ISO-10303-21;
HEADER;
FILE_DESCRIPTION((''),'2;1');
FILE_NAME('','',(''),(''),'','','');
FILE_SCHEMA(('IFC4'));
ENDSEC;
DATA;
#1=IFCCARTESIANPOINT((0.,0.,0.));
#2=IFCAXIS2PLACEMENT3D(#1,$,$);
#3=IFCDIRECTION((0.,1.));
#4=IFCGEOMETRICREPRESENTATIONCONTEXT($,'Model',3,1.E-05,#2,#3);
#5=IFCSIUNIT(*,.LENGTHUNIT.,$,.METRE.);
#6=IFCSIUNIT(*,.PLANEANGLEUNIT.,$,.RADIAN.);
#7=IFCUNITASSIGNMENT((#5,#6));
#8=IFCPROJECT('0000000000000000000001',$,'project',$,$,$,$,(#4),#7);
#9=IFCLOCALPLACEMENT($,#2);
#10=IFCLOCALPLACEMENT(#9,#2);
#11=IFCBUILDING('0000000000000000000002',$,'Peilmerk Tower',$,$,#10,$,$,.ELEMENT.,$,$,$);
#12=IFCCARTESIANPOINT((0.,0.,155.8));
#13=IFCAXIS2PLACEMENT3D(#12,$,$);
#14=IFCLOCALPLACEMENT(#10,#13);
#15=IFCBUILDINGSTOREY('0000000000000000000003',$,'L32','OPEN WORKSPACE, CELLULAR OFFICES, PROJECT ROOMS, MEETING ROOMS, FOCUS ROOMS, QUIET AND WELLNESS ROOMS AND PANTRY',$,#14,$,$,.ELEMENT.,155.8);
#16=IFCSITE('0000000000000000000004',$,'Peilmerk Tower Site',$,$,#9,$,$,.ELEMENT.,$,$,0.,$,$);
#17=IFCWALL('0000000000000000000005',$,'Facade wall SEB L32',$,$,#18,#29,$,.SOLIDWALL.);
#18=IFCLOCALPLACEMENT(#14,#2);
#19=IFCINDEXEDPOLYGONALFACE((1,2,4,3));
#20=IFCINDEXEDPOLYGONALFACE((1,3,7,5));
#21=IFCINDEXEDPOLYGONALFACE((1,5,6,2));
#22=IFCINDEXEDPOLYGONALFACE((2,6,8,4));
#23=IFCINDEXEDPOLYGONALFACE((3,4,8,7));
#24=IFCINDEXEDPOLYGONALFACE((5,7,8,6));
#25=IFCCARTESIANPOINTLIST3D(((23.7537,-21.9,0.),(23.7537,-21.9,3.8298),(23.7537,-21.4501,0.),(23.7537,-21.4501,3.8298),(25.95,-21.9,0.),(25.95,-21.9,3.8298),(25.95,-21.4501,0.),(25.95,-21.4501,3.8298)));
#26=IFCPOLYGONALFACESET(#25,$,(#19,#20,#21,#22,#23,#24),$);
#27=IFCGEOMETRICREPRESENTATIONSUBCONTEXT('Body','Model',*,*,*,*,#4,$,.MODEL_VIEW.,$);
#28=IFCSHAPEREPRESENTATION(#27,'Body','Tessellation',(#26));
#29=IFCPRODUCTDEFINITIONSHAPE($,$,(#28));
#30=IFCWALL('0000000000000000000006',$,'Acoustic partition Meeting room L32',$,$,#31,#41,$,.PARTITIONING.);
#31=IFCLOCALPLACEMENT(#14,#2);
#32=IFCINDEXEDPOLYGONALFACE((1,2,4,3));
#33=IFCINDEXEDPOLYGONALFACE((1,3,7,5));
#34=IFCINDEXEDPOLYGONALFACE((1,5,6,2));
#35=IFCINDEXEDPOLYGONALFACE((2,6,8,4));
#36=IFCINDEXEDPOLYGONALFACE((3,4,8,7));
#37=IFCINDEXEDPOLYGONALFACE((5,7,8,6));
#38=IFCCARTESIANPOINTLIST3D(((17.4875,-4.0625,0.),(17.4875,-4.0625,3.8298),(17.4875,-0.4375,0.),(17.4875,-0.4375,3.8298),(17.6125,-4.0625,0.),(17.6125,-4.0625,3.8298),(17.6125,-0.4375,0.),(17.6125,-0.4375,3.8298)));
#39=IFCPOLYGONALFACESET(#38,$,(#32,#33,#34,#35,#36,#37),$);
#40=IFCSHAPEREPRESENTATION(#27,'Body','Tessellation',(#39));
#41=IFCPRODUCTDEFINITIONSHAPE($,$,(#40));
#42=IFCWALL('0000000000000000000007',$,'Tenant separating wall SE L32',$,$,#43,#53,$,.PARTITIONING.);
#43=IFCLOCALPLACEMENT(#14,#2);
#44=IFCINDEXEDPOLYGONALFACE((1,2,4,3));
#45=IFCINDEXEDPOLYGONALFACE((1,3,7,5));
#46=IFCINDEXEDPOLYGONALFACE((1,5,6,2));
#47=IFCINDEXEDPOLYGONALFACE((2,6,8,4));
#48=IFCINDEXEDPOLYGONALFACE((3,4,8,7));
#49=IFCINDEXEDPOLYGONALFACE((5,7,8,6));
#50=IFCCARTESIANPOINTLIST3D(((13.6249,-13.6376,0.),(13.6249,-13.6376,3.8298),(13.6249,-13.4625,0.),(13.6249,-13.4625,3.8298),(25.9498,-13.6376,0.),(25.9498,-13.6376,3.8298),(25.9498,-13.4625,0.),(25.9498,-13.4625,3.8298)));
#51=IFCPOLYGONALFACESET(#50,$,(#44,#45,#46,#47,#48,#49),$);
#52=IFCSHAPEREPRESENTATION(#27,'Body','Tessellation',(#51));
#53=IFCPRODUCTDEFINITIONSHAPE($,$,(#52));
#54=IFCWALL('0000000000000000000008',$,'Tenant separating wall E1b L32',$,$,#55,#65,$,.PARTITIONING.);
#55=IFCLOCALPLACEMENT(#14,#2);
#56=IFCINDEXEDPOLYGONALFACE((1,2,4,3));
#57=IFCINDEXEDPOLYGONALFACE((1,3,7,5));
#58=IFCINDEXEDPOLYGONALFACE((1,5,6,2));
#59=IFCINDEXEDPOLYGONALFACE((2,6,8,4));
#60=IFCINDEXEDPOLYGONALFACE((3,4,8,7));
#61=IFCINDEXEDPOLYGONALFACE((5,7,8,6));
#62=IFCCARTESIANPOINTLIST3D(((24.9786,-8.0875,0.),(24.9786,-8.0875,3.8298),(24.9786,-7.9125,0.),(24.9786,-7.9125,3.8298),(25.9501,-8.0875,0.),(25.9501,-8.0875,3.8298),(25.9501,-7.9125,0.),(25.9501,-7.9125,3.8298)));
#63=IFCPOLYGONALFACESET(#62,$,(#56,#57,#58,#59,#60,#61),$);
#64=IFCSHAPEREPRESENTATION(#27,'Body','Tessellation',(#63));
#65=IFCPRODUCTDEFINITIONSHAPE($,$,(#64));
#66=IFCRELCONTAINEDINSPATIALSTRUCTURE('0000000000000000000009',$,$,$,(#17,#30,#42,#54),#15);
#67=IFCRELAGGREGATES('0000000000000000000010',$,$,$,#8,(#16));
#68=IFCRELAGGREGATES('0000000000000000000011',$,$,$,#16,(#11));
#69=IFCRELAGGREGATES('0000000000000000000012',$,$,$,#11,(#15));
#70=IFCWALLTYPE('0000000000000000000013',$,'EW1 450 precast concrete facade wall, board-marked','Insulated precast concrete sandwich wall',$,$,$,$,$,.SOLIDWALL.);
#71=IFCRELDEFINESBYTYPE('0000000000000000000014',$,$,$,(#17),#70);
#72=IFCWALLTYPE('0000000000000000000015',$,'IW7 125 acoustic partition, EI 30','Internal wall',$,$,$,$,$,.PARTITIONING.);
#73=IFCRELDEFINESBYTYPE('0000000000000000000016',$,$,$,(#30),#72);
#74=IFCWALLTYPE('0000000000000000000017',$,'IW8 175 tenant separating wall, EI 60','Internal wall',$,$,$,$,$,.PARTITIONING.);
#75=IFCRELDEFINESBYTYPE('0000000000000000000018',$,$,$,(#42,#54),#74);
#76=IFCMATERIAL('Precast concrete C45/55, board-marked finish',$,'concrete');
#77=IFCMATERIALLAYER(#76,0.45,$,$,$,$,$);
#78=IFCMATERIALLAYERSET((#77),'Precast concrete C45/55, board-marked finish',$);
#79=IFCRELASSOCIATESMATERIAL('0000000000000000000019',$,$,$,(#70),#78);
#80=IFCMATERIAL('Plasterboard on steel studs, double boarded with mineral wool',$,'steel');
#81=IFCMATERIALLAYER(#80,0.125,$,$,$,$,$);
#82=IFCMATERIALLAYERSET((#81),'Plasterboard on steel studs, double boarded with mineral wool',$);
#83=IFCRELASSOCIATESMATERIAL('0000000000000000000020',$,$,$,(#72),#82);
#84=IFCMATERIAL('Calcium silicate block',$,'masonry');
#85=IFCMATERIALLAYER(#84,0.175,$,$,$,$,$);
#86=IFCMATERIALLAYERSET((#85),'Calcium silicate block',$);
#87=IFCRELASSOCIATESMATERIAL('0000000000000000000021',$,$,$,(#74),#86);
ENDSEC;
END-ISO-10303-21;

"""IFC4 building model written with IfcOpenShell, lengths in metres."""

from ifc_helpers import new_model, si_unit, direction, frame, frame_2d, origin, place, context, subcontext, project, spatial, rectangle, extrude, material, layer, layer_set, type_object, element, save


model = new_model("IFC4")

# Units and contexts
model_context = context("Model", 3, precision=1e-05, world=origin(), true_north=direction((0.0, 1.0)))
body_context = subcontext(model_context, "Body", "Model", "MODEL_VIEW")
ifc_project = project(units=[si_unit("LENGTHUNIT", "METRE"), si_unit("PLANEANGLEUNIT", "RADIAN")], contexts=[model_context])

# Site, building, storey
site_placement = place(None, origin())
site = spatial("IfcSite", under=ifc_project, at=site_placement, Name="Peilmerk Tower Site", CompositionType="ELEMENT", RefElevation=0.0)
building_placement = place(site_placement, origin())
building = spatial("IfcBuilding", under=site, at=building_placement, Name="Peilmerk Tower", CompositionType="ELEMENT")
storey_placement = place(building_placement, frame((0.0, 0.0, 155.8)))
storey = spatial("IfcBuildingStorey", under=building, at=storey_placement, Name="L32", Description="OPEN WORKSPACE, CELLULAR OFFICES, PROJECT ROOMS, MEETING ROOMS, FOCUS ROOMS, QUIET AND WELLNESS ROOMS AND PANTRY", CompositionType="ELEMENT", Elevation=155.8)

# Walls
ifc_material_1 = material(Name="Precast concrete C45/55, board-marked finish", Category="concrete")
ifc_layer_1 = layer(ifc_material_1, 0.45)
ifc_layer_set_1 = layer_set([ifc_layer_1], Name="Precast concrete C45/55, board-marked finish")
wall_type_1 = type_object("IfcWallType", Name="EW1 450 precast concrete facade wall, board-marked", Description="Insulated precast concrete sandwich wall", PredefinedType="SOLIDWALL", material=ifc_layer_set_1)
wall_1_placement = place(storey_placement, frame((23.7537, -21.675, 0.0), z_axis=(0.0, 0.0, 1.0), x_axis=(1.0, 0.0, 0.0)))
element("IfcWall", 1, at=wall_1_placement, inside=storey, type_object=wall_type_1, Name="Facade wall SEB L32", PredefinedType="SOLIDWALL", context=body_context, shape_type="SweptSolid", body=[
    extrude(rectangle(XDim=2.1963, YDim=0.45, at=frame_2d((1.0981, 0.0))), origin(), (0.0, 0.0, 1.0), 3.8298),
])
ifc_material_2 = material(Name="Plasterboard on steel studs, double boarded with mineral wool", Category="steel")
ifc_layer_2 = layer(ifc_material_2, 0.125)
ifc_layer_set_2 = layer_set([ifc_layer_2], Name="Plasterboard on steel studs, double boarded with mineral wool")
wall_type_2 = type_object("IfcWallType", Name="IW7 125 acoustic partition, EI 30", Description="Internal wall", PredefinedType="PARTITIONING", material=ifc_layer_set_2)
wall_2_placement = place(storey_placement, frame((17.55, -4.0625, 0.0), z_axis=(0.0, 0.0, 1.0), x_axis=(0.0, 1.0, 0.0)))
element("IfcWall", 2, at=wall_2_placement, inside=storey, type_object=wall_type_2, Name="Acoustic partition Meeting room L32", PredefinedType="PARTITIONING", context=body_context, shape_type="SweptSolid", body=[
    extrude(rectangle(XDim=3.625, YDim=0.125, at=frame_2d((1.8125, 0.0))), origin(), (0.0, 0.0, 1.0), 3.8298),
])
ifc_material_3 = material(Name="Calcium silicate block", Category="masonry")
ifc_layer_3 = layer(ifc_material_3, 0.175)
ifc_layer_set_3 = layer_set([ifc_layer_3], Name="Calcium silicate block")
wall_type_3 = type_object("IfcWallType", Name="IW8 175 tenant separating wall, EI 60", Description="Internal wall", PredefinedType="PARTITIONING", material=ifc_layer_set_3)
wall_3_placement = place(storey_placement, frame((25.95, -13.55, 0.0), z_axis=(0.0, 0.0, 1.0), x_axis=(-1.0, 0.0, 0.0)))
element("IfcWall", 3, at=wall_3_placement, inside=storey, type_object=wall_type_3, Name="Tenant separating wall SE L32", PredefinedType="PARTITIONING", context=body_context, shape_type="SweptSolid", body=[
    extrude(rectangle(XDim=12.325, YDim=0.175, at=frame_2d((6.1626, 0.0))), origin(), (0.0, 0.0, 1.0), 3.8298),
])
wall_4_placement = place(storey_placement, frame((24.9785, -8.0, 0.0), z_axis=(0.0, 0.0, 1.0), x_axis=(1.0, 0.0, 0.0)))
element("IfcWall", 4, at=wall_4_placement, inside=storey, type_object=wall_type_3, Name="Tenant separating wall E1b L32", PredefinedType="PARTITIONING", context=body_context, shape_type="SweptSolid", body=[
    extrude(rectangle(XDim=0.9714, YDim=0.175, at=frame_2d((0.4858, 0.0))), origin(), (0.0, 0.0, 1.0), 3.8298),
])

save(model, "model.ifc")
